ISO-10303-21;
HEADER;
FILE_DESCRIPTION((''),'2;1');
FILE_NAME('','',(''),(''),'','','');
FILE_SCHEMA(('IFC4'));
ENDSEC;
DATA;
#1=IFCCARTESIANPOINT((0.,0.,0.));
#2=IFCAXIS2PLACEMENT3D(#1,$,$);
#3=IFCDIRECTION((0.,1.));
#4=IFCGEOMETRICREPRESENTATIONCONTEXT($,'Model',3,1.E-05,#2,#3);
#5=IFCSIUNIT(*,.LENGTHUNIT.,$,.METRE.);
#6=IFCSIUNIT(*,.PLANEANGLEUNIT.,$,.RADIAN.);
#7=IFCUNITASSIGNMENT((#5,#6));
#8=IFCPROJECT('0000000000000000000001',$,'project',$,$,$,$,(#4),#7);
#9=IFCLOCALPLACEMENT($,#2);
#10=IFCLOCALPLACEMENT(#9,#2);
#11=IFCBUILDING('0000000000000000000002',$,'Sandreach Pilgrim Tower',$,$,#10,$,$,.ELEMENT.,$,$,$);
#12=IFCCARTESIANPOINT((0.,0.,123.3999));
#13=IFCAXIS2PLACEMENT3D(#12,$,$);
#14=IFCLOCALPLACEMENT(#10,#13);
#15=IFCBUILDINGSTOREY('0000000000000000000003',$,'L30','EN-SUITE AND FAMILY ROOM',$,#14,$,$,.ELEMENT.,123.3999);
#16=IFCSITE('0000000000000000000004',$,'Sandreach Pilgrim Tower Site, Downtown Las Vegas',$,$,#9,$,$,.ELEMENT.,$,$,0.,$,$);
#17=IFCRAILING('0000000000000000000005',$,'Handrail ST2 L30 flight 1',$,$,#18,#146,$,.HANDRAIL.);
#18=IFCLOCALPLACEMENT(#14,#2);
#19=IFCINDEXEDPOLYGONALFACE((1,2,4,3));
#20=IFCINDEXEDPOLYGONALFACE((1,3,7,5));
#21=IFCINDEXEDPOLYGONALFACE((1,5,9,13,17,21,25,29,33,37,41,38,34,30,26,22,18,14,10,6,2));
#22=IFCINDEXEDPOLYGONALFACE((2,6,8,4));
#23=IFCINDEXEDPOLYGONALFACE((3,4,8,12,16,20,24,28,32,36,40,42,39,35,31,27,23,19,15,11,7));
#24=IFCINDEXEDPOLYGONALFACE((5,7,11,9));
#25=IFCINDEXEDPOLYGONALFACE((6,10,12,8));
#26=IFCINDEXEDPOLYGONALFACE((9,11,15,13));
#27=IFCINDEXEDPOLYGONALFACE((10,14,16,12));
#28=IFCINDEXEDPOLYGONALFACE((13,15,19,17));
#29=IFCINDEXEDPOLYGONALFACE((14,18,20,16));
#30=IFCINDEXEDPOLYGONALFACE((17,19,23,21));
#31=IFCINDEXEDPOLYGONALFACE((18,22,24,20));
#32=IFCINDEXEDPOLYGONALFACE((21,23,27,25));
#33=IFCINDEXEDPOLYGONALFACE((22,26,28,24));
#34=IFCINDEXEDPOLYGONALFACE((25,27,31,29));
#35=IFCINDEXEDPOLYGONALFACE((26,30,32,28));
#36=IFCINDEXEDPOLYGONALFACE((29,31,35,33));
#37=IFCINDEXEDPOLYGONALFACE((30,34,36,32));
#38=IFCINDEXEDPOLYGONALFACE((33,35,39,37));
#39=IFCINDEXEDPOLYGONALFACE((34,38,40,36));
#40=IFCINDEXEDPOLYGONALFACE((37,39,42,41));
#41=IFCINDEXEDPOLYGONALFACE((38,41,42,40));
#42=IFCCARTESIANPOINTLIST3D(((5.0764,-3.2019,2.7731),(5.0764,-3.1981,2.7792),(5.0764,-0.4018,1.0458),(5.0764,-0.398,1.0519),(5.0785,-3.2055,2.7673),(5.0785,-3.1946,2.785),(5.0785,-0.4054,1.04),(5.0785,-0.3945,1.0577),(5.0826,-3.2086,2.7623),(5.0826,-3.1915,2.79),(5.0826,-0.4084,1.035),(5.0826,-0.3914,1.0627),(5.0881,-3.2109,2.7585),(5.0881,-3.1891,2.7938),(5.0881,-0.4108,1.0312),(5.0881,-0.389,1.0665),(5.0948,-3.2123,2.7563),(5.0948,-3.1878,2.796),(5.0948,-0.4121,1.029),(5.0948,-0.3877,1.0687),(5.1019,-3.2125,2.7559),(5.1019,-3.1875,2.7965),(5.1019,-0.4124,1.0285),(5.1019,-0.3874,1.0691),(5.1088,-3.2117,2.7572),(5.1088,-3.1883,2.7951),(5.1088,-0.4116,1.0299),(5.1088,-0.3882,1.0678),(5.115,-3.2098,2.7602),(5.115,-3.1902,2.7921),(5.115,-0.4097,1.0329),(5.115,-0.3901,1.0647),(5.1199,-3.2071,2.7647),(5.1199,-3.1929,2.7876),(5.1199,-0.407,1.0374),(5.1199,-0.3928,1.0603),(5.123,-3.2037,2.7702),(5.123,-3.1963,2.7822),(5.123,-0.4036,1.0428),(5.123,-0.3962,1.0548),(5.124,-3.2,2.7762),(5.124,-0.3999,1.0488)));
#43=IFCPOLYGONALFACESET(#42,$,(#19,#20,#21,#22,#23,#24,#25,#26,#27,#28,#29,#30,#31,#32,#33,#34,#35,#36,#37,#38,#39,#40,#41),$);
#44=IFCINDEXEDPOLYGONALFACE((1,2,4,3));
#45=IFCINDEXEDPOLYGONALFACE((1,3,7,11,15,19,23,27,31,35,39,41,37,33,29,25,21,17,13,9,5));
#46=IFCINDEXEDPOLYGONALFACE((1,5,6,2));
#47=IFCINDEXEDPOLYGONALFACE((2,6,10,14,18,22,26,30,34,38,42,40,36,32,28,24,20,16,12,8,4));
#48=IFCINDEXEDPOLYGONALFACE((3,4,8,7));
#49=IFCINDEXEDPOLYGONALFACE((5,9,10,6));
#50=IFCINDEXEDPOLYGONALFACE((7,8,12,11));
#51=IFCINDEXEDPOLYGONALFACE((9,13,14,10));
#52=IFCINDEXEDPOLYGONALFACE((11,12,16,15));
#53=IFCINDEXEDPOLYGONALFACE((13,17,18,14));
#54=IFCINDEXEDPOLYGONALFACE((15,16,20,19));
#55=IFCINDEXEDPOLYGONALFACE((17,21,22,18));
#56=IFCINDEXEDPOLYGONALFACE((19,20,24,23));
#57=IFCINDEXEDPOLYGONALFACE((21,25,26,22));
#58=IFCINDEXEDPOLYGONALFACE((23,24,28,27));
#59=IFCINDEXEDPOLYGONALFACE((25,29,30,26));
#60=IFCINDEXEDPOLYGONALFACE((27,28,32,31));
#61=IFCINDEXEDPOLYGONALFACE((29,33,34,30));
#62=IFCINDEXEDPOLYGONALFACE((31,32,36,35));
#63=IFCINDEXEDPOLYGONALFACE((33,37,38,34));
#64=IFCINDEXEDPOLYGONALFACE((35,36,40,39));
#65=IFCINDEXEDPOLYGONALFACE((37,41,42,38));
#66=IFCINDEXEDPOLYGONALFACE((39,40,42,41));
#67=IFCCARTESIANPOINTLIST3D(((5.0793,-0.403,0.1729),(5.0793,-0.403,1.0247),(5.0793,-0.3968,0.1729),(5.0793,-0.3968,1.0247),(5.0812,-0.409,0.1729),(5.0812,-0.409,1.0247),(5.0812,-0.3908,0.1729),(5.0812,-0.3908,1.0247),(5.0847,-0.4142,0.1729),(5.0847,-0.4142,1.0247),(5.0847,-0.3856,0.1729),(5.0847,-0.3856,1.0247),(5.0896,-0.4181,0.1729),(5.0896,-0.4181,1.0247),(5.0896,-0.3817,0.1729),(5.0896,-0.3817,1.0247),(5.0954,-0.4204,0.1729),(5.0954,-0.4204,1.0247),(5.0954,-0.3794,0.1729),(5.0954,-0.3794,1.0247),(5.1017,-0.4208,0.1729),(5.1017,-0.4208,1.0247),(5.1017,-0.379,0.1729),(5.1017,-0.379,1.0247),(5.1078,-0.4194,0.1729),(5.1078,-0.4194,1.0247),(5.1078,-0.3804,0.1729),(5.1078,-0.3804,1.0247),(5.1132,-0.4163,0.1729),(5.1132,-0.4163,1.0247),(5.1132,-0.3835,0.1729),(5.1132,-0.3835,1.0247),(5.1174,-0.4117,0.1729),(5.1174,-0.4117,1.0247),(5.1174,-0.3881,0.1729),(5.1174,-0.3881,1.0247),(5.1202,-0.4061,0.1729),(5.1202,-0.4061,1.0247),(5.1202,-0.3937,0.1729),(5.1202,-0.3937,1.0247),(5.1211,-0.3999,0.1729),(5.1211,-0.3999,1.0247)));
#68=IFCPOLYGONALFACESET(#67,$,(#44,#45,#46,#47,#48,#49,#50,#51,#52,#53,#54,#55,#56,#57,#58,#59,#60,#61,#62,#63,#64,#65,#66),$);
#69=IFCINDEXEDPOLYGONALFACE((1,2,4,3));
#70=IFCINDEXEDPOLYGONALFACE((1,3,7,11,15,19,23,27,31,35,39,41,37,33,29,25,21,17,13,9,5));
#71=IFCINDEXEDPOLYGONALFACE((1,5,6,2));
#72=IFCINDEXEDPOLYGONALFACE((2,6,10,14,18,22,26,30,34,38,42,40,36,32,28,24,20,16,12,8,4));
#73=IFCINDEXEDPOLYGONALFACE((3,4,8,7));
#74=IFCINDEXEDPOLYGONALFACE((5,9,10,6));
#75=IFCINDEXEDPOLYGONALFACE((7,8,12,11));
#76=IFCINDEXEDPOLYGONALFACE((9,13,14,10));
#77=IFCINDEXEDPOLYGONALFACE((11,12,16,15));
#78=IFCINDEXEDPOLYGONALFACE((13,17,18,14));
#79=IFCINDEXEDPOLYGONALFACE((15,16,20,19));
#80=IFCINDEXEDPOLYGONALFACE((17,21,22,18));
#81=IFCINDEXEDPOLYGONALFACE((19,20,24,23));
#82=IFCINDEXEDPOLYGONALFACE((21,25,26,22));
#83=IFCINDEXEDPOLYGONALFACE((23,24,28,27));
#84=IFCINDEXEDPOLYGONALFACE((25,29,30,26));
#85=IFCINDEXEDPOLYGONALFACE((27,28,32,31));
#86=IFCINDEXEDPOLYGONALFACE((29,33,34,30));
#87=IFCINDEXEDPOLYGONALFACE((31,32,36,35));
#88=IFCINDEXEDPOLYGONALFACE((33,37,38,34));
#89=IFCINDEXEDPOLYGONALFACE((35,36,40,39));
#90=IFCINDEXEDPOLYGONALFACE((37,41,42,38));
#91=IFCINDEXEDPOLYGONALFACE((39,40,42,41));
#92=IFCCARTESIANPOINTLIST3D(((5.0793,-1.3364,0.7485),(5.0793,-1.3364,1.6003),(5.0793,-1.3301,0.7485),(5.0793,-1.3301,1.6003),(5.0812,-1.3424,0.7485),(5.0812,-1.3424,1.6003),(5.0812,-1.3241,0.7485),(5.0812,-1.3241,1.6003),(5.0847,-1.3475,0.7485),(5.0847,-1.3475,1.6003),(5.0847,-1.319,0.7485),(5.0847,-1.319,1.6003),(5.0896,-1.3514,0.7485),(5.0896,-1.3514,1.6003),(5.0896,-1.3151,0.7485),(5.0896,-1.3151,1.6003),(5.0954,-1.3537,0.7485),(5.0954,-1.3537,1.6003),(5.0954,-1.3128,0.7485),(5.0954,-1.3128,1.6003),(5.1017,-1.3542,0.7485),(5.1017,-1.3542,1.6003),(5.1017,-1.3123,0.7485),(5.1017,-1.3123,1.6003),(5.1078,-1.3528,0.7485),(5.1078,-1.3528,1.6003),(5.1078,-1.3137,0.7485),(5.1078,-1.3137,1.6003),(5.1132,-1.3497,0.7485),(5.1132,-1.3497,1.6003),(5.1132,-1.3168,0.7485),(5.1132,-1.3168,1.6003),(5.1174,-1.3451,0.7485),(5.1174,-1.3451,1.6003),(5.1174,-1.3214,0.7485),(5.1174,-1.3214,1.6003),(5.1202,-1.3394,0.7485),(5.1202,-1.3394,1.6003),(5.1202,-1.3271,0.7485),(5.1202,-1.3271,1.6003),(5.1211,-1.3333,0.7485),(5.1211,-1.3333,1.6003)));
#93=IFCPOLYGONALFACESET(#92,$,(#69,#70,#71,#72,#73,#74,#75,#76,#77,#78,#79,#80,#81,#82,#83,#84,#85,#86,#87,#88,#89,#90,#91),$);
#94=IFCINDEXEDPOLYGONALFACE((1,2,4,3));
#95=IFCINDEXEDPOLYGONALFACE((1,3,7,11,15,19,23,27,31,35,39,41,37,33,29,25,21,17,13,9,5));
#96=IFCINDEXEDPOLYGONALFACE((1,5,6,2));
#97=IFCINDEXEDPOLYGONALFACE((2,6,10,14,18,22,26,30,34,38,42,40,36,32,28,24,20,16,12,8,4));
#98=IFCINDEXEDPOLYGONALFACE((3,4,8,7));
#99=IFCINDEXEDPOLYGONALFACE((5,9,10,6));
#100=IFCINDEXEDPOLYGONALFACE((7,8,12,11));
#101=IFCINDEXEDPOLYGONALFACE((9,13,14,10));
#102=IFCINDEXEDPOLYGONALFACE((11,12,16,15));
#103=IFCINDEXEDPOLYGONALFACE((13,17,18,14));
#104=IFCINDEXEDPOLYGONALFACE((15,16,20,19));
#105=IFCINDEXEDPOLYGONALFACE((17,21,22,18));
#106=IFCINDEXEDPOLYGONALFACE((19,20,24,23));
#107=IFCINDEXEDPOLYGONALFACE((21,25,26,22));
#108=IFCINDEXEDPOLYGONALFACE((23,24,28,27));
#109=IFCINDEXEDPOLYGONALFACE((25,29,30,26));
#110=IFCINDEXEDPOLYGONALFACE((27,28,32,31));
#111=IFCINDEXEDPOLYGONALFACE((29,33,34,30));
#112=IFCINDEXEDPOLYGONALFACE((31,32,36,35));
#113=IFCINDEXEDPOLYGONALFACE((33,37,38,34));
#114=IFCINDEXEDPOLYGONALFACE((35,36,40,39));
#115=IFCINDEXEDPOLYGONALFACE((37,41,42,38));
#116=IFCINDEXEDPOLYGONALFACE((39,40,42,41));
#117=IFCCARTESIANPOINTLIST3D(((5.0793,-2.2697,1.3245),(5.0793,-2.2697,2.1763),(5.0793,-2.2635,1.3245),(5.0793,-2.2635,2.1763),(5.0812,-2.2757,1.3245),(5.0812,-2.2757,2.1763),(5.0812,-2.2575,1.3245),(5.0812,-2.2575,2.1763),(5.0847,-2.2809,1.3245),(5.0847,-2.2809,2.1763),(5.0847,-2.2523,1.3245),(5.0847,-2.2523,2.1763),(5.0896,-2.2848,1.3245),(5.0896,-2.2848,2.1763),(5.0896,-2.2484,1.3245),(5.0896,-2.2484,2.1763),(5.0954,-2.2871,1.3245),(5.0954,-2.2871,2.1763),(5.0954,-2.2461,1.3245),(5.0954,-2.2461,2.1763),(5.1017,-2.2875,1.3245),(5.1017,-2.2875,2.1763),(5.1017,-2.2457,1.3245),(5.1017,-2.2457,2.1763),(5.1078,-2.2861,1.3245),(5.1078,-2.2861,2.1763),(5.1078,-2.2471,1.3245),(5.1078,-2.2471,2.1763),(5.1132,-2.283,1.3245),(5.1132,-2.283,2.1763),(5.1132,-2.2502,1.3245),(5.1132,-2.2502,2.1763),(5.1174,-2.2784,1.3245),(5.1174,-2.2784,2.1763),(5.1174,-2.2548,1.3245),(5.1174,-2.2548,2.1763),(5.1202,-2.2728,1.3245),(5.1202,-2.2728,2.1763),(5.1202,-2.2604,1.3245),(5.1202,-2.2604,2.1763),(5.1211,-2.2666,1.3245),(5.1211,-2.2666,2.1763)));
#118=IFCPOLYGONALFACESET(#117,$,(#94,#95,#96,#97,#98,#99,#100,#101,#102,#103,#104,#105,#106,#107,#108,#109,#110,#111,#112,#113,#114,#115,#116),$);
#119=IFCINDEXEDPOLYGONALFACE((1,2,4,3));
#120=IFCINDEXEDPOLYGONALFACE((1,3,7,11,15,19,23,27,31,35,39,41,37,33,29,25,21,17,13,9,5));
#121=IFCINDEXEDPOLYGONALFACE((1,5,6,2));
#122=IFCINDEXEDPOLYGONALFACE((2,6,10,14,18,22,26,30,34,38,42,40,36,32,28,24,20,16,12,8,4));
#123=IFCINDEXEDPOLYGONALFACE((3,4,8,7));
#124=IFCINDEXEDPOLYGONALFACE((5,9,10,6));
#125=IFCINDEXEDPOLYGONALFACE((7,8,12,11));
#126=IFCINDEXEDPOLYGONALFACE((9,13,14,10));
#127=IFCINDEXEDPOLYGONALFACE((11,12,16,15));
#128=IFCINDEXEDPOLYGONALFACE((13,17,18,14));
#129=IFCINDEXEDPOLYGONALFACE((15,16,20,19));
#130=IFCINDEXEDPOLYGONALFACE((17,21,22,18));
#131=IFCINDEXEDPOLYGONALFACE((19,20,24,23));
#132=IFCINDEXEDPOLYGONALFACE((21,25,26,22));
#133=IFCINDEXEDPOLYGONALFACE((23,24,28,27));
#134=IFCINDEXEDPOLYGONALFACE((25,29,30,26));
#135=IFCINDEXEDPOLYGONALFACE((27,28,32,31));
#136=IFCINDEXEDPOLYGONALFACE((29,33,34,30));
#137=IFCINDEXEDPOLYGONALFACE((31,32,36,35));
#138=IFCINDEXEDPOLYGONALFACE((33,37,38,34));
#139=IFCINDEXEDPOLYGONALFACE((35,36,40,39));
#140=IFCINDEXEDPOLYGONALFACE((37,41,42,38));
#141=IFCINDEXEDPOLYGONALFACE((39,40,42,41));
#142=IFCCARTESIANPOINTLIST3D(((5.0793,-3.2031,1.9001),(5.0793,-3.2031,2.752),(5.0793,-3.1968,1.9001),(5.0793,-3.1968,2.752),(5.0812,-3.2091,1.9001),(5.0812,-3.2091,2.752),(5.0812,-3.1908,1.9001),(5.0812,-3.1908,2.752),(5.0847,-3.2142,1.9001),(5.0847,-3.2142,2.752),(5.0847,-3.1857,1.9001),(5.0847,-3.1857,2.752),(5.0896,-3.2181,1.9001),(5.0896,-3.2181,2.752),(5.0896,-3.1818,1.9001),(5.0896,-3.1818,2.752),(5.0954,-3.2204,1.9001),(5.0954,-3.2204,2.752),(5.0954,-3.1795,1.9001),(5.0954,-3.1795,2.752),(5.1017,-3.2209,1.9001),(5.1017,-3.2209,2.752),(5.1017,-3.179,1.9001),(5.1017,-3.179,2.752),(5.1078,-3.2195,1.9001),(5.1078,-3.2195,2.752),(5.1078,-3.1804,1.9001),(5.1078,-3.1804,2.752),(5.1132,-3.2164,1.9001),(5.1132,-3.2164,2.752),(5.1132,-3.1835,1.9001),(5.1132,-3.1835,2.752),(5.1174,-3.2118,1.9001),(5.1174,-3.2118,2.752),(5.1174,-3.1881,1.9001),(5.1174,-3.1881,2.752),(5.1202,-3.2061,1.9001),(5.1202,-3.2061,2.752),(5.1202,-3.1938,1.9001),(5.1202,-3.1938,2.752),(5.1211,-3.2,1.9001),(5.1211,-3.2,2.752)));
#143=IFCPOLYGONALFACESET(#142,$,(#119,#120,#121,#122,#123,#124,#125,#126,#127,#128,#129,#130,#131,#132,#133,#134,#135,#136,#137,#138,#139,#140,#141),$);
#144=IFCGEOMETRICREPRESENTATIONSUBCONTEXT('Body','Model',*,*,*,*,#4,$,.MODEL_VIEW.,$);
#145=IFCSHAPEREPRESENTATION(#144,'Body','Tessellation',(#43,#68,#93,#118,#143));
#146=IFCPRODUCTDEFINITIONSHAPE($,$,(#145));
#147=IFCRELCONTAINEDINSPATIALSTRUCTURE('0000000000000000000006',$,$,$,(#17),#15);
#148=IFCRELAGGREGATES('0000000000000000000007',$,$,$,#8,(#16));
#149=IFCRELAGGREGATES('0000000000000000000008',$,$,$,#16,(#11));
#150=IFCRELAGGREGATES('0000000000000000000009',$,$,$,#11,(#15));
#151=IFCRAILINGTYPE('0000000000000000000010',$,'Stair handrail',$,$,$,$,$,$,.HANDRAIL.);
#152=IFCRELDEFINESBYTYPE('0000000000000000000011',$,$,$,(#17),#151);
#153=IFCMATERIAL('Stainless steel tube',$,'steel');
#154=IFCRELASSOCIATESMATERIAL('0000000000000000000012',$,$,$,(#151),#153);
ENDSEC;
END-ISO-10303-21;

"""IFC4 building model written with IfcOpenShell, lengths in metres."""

from ifc_helpers import new_model, si_unit, direction, frame, origin, origin_2d, place, context, subcontext, project, spatial, circle, extrude, material, type_object, element, save


model = new_model("IFC4")

# Units and contexts
model_context = context("Model", 3, precision=1e-05, world=origin(), true_north=direction((0.0, 1.0)))
body_context = subcontext(model_context, "Body", "Model", "MODEL_VIEW")
ifc_project = project(units=[si_unit("LENGTHUNIT", "METRE"), si_unit("PLANEANGLEUNIT", "RADIAN")], contexts=[model_context])

# Site, building, storey
site_placement = place(None, origin())
site = spatial("IfcSite", under=ifc_project, at=site_placement, Name="Sandreach Pilgrim Tower Site, Downtown Las Vegas", CompositionType="ELEMENT", RefElevation=0.0)
building_placement = place(site_placement, origin())
building = spatial("IfcBuilding", under=site, at=building_placement, Name="Sandreach Pilgrim Tower", CompositionType="ELEMENT")
storey_placement = place(building_placement, frame((0.0, 0.0, 123.3999)))
storey = spatial("IfcBuildingStorey", under=building, at=storey_placement, Name="L30", Description="EN-SUITE AND FAMILY ROOM", CompositionType="ELEMENT", Elevation=123.3999)

# Railing
ifc_material_1 = material(Name="Stainless steel tube", Category="steel")
railing_type = type_object("IfcRailingType", Name="Stair handrail", PredefinedType="HANDRAIL", material=ifc_material_1)
for number, where, name in (
    (1, (5.1001, -0.3999, 0.1729), "Handrail ST2 L30 flight 1"),
):
    element("IfcRailing", number, at=place(storey_placement, frame(where)), inside=storey, type_object=railing_type, Name=name, PredefinedType="HANDRAIL", context=body_context, shape_type="SweptSolid", body=[
        extrude(circle(Radius=0.0239, at=origin_2d()), frame((0.0, 0.0, 0.876), z_axis=(0.0, -0.85109, 0.52502), x_axis=(1.0, 0.0, 0.0)), (0.0, 0.0, 1.0), 3.29),
        extrude(circle(Radius=0.021, at=origin_2d()), origin(), (0.0, 0.0, 1.0), 0.8518),
        extrude(circle(Radius=0.021, at=origin_2d()), frame((0.0, -0.9333, 0.5757)), (0.0, 0.0, 1.0), 0.8518),
        extrude(circle(Radius=0.021, at=origin_2d()), frame((0.0, -1.8667, 1.1516)), (0.0, 0.0, 1.0), 0.8518),
        extrude(circle(Radius=0.021, at=origin_2d()), frame((0.0, -2.8, 1.7273)), (0.0, 0.0, 1.0), 0.8518),
    ])

save(model, "model.ifc")
